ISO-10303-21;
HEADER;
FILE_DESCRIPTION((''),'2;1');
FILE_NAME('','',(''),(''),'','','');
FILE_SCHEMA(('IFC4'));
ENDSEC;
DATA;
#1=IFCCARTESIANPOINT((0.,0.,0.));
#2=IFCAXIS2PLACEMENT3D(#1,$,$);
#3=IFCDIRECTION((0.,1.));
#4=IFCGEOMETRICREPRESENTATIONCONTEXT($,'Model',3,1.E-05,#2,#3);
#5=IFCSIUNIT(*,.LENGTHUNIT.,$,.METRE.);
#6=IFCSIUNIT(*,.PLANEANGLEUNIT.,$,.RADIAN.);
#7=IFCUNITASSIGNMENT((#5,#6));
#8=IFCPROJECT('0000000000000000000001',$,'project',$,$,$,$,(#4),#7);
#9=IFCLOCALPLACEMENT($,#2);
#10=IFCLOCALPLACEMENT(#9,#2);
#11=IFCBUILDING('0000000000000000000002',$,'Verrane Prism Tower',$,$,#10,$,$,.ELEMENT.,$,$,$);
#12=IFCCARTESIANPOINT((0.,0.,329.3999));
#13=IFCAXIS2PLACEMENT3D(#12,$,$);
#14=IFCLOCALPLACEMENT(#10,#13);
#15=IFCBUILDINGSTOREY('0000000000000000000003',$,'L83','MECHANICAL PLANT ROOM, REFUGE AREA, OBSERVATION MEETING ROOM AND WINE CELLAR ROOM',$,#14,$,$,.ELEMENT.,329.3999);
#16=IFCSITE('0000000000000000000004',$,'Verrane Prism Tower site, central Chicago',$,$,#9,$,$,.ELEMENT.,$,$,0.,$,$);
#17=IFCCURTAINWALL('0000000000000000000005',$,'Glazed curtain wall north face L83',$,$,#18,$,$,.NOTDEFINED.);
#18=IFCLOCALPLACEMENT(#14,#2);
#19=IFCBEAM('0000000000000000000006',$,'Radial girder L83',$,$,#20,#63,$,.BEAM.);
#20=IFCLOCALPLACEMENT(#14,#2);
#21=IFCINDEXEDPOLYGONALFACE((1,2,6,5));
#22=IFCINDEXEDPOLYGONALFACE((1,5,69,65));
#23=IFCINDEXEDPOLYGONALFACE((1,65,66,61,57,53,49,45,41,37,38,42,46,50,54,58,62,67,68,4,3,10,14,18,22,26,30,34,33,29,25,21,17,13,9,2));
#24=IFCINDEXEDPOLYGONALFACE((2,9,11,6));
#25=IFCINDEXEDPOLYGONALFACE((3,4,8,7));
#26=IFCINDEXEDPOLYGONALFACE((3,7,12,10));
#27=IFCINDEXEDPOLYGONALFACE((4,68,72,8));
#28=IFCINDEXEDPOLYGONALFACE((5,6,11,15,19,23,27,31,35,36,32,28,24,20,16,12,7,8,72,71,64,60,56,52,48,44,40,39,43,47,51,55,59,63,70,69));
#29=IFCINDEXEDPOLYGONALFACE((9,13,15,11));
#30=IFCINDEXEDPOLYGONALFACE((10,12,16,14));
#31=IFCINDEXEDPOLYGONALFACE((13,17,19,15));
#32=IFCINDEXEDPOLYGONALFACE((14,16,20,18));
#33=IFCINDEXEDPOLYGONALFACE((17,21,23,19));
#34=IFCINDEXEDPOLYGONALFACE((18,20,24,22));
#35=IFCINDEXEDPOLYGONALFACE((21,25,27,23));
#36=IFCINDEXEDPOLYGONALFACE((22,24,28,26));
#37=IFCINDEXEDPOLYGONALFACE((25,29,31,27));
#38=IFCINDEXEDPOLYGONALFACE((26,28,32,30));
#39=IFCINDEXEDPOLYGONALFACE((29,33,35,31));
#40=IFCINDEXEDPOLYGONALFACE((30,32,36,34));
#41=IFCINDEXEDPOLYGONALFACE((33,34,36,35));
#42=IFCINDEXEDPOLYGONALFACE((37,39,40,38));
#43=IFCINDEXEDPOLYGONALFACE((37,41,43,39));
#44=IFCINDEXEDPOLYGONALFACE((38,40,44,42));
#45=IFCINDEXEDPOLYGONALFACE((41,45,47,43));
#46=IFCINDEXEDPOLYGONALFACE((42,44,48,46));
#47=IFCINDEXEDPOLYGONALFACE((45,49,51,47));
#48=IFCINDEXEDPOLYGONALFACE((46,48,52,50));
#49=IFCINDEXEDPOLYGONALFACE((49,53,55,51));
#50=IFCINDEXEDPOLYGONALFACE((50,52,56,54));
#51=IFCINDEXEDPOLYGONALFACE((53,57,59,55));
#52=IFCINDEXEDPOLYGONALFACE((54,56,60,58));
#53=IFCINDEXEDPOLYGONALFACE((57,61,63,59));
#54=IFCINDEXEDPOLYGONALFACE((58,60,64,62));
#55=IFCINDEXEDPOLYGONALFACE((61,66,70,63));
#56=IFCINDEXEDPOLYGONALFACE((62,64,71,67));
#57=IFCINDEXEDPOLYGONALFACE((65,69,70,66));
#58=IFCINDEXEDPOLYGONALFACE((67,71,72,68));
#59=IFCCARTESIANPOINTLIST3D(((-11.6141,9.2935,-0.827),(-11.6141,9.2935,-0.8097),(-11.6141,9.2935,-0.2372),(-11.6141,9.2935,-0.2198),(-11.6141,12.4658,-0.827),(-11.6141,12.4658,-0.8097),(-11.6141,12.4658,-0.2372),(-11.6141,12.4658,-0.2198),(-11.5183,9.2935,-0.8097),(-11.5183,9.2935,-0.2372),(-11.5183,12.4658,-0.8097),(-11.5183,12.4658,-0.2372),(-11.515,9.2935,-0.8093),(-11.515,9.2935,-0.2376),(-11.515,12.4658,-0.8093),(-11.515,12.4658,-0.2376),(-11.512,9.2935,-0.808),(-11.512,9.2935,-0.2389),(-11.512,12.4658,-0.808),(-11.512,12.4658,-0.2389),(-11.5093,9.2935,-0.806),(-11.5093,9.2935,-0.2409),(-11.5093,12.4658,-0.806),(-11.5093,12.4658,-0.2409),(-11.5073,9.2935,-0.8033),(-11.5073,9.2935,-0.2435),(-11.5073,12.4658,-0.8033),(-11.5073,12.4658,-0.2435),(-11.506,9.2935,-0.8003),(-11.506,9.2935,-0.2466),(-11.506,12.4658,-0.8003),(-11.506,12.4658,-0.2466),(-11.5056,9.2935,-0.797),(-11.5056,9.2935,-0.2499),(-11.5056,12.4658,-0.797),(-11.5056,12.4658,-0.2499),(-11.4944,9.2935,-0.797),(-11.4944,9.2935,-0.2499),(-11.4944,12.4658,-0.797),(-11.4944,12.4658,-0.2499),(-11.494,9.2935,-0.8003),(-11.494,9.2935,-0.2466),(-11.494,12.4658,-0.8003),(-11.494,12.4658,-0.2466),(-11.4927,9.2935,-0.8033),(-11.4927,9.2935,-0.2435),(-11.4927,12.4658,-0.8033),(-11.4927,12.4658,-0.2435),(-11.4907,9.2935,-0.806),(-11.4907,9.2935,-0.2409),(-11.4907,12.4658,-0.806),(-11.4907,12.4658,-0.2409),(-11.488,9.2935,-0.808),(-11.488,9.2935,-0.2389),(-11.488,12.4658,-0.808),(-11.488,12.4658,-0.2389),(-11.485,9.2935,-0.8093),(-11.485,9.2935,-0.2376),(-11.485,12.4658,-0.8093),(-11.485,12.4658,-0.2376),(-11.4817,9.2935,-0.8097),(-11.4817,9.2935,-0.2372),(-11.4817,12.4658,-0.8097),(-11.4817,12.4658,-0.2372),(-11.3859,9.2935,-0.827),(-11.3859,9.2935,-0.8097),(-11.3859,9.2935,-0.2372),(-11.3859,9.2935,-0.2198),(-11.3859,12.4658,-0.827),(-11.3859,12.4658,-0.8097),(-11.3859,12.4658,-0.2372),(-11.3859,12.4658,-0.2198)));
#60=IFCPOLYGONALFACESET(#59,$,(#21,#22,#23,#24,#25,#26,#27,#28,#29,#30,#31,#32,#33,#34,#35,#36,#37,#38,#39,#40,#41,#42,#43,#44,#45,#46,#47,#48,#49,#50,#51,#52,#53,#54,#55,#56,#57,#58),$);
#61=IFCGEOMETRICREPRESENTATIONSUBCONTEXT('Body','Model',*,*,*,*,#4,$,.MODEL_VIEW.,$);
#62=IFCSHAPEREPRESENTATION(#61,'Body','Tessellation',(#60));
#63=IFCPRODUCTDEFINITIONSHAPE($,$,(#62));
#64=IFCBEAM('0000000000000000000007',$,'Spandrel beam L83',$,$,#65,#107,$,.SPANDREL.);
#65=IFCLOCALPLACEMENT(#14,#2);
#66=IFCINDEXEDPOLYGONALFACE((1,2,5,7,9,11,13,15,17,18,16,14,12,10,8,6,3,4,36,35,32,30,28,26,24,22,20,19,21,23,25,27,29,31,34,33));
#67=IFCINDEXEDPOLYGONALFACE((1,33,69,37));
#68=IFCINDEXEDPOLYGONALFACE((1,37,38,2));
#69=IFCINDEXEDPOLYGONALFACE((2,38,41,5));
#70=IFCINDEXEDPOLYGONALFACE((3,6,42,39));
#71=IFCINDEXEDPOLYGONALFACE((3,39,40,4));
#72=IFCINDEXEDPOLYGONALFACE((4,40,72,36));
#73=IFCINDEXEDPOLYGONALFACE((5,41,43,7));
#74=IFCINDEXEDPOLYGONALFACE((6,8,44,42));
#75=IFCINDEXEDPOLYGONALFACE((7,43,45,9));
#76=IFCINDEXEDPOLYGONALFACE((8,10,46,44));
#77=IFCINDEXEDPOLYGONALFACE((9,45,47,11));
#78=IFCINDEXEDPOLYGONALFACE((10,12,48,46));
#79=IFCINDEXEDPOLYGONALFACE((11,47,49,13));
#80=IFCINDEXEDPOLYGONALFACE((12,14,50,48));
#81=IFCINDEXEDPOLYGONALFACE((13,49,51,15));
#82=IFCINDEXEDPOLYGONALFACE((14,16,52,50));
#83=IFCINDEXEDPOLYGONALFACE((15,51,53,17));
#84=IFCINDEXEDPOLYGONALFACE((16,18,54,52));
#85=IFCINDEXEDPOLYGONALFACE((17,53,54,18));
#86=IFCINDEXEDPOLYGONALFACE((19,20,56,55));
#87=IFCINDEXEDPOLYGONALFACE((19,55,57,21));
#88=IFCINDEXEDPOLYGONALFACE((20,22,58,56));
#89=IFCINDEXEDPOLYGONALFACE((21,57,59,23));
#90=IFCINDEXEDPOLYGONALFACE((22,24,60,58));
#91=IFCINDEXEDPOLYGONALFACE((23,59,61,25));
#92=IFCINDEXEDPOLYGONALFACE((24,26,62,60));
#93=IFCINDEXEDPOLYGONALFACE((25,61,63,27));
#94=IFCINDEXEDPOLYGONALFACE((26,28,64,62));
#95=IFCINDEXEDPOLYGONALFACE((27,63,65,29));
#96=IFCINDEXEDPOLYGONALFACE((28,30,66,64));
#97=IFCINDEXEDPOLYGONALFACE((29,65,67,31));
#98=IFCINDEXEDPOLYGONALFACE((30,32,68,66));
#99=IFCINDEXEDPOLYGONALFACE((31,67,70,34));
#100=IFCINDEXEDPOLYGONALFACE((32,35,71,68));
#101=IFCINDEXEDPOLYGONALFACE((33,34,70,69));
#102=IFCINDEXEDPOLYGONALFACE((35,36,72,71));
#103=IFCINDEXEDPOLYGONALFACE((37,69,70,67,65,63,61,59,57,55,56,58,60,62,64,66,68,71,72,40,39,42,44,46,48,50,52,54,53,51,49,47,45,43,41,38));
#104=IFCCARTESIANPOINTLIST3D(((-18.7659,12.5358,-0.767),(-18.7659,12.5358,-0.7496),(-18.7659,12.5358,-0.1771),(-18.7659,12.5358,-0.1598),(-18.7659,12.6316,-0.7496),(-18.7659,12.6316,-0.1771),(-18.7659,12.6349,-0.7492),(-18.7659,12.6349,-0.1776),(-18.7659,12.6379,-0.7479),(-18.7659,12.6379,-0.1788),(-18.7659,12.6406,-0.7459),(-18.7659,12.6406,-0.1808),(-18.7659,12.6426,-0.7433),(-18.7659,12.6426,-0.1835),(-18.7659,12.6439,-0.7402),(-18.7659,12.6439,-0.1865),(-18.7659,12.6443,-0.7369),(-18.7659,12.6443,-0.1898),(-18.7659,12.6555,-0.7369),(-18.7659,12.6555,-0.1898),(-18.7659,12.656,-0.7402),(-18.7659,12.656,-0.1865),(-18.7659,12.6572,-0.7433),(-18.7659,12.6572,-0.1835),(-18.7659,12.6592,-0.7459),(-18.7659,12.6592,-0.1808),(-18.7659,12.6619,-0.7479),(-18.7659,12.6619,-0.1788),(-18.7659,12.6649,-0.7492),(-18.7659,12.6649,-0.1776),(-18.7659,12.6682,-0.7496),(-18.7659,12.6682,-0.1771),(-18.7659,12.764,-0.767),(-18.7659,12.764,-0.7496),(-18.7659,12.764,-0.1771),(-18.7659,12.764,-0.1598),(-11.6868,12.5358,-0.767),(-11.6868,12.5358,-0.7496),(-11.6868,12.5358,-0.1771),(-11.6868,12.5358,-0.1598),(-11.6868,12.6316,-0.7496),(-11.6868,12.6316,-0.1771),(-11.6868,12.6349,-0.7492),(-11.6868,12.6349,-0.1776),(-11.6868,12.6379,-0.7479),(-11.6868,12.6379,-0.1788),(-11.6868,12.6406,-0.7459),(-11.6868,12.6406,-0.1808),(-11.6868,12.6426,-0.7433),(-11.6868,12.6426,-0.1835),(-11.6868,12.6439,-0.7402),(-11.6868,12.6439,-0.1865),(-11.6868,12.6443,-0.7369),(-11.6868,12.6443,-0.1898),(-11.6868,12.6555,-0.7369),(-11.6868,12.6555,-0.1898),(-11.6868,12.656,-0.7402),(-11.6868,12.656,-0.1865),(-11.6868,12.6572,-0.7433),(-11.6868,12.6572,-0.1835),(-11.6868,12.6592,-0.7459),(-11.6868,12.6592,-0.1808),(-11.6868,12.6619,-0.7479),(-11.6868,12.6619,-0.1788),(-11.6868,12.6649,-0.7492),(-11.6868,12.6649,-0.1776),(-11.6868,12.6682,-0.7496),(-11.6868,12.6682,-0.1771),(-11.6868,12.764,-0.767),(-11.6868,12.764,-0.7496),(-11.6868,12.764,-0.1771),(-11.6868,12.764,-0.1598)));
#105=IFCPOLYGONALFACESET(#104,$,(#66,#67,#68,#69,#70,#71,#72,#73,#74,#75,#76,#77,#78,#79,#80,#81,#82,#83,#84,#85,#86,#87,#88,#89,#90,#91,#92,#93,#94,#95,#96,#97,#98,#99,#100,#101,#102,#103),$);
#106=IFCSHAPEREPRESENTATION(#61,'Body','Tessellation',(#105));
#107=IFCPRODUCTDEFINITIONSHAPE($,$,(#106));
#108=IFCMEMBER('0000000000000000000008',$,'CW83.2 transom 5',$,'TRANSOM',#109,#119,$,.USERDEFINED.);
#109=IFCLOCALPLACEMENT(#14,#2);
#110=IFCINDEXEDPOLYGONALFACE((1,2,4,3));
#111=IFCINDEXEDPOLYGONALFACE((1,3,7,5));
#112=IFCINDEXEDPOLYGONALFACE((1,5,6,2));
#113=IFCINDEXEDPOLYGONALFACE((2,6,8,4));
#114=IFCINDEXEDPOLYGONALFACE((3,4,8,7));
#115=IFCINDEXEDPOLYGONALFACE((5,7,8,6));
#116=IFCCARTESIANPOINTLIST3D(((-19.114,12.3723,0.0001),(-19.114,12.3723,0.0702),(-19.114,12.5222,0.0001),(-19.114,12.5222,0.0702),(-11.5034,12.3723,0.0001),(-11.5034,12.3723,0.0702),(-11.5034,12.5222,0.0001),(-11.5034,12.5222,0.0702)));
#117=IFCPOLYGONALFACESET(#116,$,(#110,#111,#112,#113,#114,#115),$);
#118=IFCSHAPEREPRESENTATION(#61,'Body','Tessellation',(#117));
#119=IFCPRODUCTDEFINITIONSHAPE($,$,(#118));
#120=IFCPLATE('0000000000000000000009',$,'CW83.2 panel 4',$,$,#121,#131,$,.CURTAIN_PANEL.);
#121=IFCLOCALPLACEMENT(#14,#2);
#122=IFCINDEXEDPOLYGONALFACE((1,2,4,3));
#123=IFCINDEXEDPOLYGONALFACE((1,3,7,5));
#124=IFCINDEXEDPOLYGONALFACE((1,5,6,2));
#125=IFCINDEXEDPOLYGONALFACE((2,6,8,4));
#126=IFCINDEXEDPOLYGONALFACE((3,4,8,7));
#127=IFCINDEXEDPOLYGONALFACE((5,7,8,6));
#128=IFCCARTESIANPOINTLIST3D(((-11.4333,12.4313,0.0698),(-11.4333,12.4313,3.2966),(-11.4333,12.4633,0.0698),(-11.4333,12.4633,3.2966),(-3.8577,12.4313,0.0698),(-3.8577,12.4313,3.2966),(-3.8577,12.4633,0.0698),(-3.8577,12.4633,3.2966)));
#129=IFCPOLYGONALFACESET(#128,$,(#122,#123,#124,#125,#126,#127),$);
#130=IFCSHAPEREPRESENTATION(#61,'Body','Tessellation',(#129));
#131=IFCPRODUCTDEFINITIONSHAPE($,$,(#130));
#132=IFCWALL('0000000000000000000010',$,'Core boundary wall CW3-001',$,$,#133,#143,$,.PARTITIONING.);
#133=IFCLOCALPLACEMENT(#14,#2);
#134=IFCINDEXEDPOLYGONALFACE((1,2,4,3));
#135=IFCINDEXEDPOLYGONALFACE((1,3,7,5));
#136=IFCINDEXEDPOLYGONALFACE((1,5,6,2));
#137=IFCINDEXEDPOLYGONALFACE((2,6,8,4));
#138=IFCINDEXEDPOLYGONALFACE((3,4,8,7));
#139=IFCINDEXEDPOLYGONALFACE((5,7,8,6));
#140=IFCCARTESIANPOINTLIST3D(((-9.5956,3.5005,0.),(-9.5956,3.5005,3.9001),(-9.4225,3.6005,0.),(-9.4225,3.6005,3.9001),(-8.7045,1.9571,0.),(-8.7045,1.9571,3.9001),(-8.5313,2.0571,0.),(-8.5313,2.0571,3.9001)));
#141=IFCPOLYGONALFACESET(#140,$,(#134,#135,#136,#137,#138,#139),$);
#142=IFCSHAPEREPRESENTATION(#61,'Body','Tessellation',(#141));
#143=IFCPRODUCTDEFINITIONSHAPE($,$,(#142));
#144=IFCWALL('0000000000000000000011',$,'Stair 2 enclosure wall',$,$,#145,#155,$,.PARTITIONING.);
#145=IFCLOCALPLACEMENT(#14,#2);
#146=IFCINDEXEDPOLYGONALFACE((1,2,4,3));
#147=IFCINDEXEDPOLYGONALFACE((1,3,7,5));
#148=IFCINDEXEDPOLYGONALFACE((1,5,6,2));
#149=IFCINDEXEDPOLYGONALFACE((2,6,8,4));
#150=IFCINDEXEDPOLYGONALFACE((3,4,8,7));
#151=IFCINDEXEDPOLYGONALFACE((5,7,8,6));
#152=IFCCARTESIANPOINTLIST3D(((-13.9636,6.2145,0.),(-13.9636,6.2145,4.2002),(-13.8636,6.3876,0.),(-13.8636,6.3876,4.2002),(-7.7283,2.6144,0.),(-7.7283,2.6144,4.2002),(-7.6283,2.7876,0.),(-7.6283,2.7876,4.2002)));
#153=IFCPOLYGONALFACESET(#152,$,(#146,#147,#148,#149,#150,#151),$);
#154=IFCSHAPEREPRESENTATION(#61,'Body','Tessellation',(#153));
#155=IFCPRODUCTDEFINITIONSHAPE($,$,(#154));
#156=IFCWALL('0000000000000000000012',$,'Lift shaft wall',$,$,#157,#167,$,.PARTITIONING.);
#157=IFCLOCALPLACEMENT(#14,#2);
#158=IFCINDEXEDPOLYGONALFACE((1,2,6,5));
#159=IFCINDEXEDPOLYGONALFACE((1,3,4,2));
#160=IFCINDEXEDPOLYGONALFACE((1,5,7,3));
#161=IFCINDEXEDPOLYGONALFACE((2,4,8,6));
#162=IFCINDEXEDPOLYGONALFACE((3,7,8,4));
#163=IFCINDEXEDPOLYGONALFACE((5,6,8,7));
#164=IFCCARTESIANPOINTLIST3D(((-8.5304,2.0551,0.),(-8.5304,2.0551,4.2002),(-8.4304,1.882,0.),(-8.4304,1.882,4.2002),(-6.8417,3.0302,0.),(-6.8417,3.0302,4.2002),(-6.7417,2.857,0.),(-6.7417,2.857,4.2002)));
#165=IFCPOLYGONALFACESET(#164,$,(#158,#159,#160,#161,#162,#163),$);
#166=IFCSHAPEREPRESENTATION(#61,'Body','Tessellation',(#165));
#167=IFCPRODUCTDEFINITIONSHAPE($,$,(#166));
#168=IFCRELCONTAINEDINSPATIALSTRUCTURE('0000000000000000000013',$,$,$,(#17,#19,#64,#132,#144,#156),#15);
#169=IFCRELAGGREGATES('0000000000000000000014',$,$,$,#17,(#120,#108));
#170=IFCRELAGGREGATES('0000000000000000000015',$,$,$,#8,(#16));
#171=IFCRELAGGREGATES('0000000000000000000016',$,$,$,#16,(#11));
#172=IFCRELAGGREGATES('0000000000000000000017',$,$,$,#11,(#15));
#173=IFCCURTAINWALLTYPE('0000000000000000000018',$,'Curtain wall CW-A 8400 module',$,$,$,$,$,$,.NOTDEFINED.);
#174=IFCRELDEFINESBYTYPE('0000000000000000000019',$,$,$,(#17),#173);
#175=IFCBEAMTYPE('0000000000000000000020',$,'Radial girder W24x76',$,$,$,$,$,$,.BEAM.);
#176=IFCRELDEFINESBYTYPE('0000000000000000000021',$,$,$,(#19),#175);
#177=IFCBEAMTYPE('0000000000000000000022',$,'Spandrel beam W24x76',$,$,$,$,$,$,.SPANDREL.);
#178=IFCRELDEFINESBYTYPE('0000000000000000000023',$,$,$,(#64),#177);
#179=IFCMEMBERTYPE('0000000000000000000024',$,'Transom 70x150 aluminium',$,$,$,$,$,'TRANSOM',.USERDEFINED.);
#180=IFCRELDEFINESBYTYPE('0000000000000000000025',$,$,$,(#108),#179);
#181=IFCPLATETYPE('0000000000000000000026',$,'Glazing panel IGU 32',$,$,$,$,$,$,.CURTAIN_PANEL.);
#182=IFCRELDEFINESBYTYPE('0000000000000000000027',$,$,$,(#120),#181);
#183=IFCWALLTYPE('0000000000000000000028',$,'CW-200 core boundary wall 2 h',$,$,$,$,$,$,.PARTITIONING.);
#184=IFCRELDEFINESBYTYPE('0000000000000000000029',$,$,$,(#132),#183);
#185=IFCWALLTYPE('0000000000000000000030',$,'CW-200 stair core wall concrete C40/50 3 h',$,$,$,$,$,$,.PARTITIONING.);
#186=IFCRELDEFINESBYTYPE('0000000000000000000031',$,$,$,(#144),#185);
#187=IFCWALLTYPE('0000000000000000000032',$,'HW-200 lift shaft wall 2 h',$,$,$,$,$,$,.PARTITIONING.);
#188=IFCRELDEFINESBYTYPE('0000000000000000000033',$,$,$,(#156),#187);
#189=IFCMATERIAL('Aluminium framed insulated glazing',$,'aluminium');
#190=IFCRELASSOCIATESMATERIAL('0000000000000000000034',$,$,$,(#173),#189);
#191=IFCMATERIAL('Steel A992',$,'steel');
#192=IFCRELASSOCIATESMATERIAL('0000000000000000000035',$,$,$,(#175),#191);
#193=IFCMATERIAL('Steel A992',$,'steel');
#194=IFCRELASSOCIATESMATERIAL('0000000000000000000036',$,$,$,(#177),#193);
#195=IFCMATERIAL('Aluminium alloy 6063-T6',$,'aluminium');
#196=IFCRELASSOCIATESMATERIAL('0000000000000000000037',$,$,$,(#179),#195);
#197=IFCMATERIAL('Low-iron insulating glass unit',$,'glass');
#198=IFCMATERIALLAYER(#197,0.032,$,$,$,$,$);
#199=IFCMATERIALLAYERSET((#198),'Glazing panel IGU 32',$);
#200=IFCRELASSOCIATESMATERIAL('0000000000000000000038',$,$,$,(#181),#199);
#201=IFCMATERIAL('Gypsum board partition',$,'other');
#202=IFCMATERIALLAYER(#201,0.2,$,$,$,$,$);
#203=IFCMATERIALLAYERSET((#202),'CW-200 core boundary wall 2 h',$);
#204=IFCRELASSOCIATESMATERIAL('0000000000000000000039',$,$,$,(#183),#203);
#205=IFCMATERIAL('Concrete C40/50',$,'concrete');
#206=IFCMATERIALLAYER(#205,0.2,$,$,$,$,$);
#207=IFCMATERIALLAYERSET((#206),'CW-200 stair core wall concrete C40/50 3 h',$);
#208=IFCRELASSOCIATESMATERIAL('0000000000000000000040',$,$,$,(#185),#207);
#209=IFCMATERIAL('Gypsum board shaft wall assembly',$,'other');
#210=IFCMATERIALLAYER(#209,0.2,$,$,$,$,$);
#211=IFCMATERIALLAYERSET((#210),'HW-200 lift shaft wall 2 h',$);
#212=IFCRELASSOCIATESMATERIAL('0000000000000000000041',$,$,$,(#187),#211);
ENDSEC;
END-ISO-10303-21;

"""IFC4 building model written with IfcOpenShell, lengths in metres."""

from ifc_helpers import new_model, si_unit, direction, frame, frame_2d, origin, origin_2d, place, context, subcontext, project, spatial, rectangle, i_section, extrude, material, layer, layer_set, material_profile, profile_set, type_object, element, aggregate, save


model = new_model("IFC4")

# Units and contexts
model_context = context("Model", 3, precision=1e-05, world=origin(), true_north=direction((0.0, 1.0)))
body_context = subcontext(model_context, "Body", "Model", "MODEL_VIEW")
ifc_project = project(units=[si_unit("LENGTHUNIT", "METRE"), si_unit("PLANEANGLEUNIT", "RADIAN")], contexts=[model_context])

# Site, building, storey
site_placement = place(None, origin())
site = spatial("IfcSite", under=ifc_project, at=site_placement, Name="Verrane Prism Tower site, central Chicago", CompositionType="ELEMENT", RefElevation=0.0)
building_placement = place(site_placement, origin())
building = spatial("IfcBuilding", under=site, at=building_placement, Name="Verrane Prism Tower", CompositionType="ELEMENT")
storey_placement = place(building_placement, frame((0.0, 0.0, 329.3999)))
storey = spatial("IfcBuildingStorey", under=building, at=storey_placement, Name="L83", Description="MECHANICAL PLANT ROOM, REFUGE AREA, OBSERVATION MEETING ROOM AND WINE CELLAR ROOM", CompositionType="ELEMENT", Elevation=329.3999)

# Curtain wall
ifc_material_1 = material(Name="Aluminium framed insulated glazing", Category="aluminium")
curtain_wall_type = type_object("IfcCurtainWallType", Name="Curtain wall CW-A 8400 module", PredefinedType="NOTDEFINED", material=ifc_material_1)
curtain_wall_placement = place(storey_placement, origin())
curtain_wall = element("IfcCurtainWall", 1, at=curtain_wall_placement, inside=storey, type_object=curtain_wall_type, Name="Glazed curtain wall north face L83", PredefinedType="NOTDEFINED")

# Beams
ifc_material_2 = material(Name="Steel A992", Category="steel")
ifc_material_profile_1 = material_profile(ifc_material_2, i_section(OverallWidth=0.2283, OverallDepth=0.6072, WebThickness=0.0112, FlangeThickness=0.0173, FilletRadius=0.0127, at=origin_2d()), Name="W24x76")
ifc_profile_set_1 = profile_set([ifc_material_profile_1], Name="Steel A992")
beam_type_1 = type_object("IfcBeamType", Name="Radial girder W24x76", PredefinedType="BEAM", material=ifc_profile_set_1)
beam_1_placement = place(storey_placement, frame((-11.5, 12.4658, -0.5234), z_axis=(0.0, -1.0, 0.0), x_axis=(1.0, 0.0, 0.0)))
element("IfcBeam", 2, at=beam_1_placement, inside=storey, type_object=beam_type_1, Name="Radial girder L83", PredefinedType="BEAM", context=body_context, shape_type="SweptSolid", body=[
    extrude(i_section(OverallWidth=0.2283, OverallDepth=0.6072, WebThickness=0.0112, FlangeThickness=0.0173, FilletRadius=0.0127, at=origin_2d()), origin(), (0.0, 0.0, 1.0), 3.1724),
])
ifc_material_3 = material(Name="Steel A992", Category="steel")
ifc_material_profile_2 = material_profile(ifc_material_3, i_section(OverallWidth=0.2283, OverallDepth=0.6072, WebThickness=0.0112, FlangeThickness=0.0173, FilletRadius=0.0127, at=origin_2d()), Name="W24x76")
ifc_profile_set_2 = profile_set([ifc_material_profile_2], Name="Steel A992")
beam_type_2 = type_object("IfcBeamType", Name="Spandrel beam W24x76", PredefinedType="SPANDREL", material=ifc_profile_set_2)
beam_2_placement = place(storey_placement, frame((-11.6868, 12.6499, -0.4634), z_axis=(-1.0, 0.0, 0.0), x_axis=(0.0, -1.0, 0.0)))
element("IfcBeam", 3, at=beam_2_placement, inside=storey, type_object=beam_type_2, Name="Spandrel beam L83", PredefinedType="SPANDREL", context=body_context, shape_type="SweptSolid", body=[
    extrude(i_section(OverallWidth=0.2283, OverallDepth=0.6072, WebThickness=0.0112, FlangeThickness=0.0173, FilletRadius=0.0127, at=origin_2d()), origin(), (0.0, 0.0, 1.0), 7.0791),
])

# Member
ifc_material_4 = material(Name="Aluminium alloy 6063-T6", Category="aluminium")
ifc_material_profile_3 = material_profile(ifc_material_4, rectangle(XDim=0.1499, YDim=0.0701, at=origin_2d()), Name="Transom 70x150 aluminium")
ifc_profile_set_3 = profile_set([ifc_material_profile_3], Name="Aluminium alloy 6063-T6")
member_type_1 = type_object("IfcMemberType", Name="Transom 70x150 aluminium", ElementType="TRANSOM", PredefinedType="USERDEFINED", material=ifc_profile_set_3)
member_1_placement = place(storey_placement, frame((-11.5034, 12.4473, 0.0352), z_axis=(-1.0, 0.0, 0.0), x_axis=(0.0, -1.0, 0.0)))
member_1 = element("IfcMember", 4, at=member_1_placement, type_object=member_type_1, Name="CW83.2 transom 5", ObjectType="TRANSOM", PredefinedType="USERDEFINED", context=body_context, shape_type="SweptSolid", body=[
    extrude(rectangle(XDim=0.1499, YDim=0.0701, at=origin_2d()), origin(), (0.0, 0.0, 1.0), 7.6106),
])

# Plate
ifc_material_5 = material(Name="Low-iron insulating glass unit", Category="glass")
ifc_layer_1 = layer(ifc_material_5, 0.032)
ifc_layer_set_1 = layer_set([ifc_layer_1], Name="Glazing panel IGU 32")
plate_type = type_object("IfcPlateType", Name="Glazing panel IGU 32", PredefinedType="CURTAIN_PANEL", material=ifc_layer_set_1)
plate_placement = place(storey_placement, frame((-7.6455, 12.4473, 0.0698), z_axis=(0.0, 0.0, 1.0), x_axis=(-1.0, 0.0, 0.0)))
plate = element("IfcPlate", 5, at=plate_placement, type_object=plate_type, Name="CW83.2 panel 4", PredefinedType="CURTAIN_PANEL", context=body_context, shape_type="SweptSolid", body=[
    extrude(rectangle(XDim=7.5757, YDim=0.032, at=origin_2d()), origin(), (0.0, 0.0, 1.0), 3.2268),
])
aggregate(curtain_wall, [plate, member_1])

# Walls
ifc_material_6 = material(Name="Gypsum board partition", Category="other")
ifc_layer_2 = layer(ifc_material_6, 0.2)
ifc_layer_set_2 = layer_set([ifc_layer_2], Name="CW-200 core boundary wall 2 h")
wall_type_1 = type_object("IfcWallType", Name="CW-200 core boundary wall 2 h", PredefinedType="PARTITIONING", material=ifc_layer_set_2)
wall_1_placement = place(storey_placement, frame((-9.509, 3.5505, 0.0), z_axis=(0.0, 0.0, 1.0), x_axis=(0.499999, -0.866026, 0.0)))
element("IfcWall", 6, at=wall_1_placement, inside=storey, type_object=wall_type_1, Name="Core boundary wall CW3-001", PredefinedType="PARTITIONING", context=body_context, shape_type="SweptSolid", body=[
    extrude(rectangle(XDim=1.7822, YDim=0.2, at=frame_2d((0.8911, 0.0))), origin(), (0.0, 0.0, 1.0), 3.9001),
])
ifc_material_7 = material(Name="Concrete C40/50", Category="concrete")
ifc_layer_3 = layer(ifc_material_7, 0.2)
ifc_layer_set_3 = layer_set([ifc_layer_3], Name="CW-200 stair core wall concrete C40/50 3 h")
wall_type_2 = type_object("IfcWallType", Name="CW-200 stair core wall concrete C40/50 3 h", PredefinedType="PARTITIONING", material=ifc_layer_set_3)
wall_2_placement = place(storey_placement, frame((-7.6782, 2.7009, 0.0), z_axis=(0.0, 0.0, 1.0), x_axis=(-0.866018, 0.500012, 0.0)))
element("IfcWall", 7, at=wall_2_placement, inside=storey, type_object=wall_type_2, Name="Stair 2 enclosure wall", PredefinedType="PARTITIONING", context=body_context, shape_type="SweptSolid", body=[
    extrude(rectangle(XDim=7.2, YDim=0.2, at=frame_2d((3.6001, 0.0))), origin(), (0.0, 0.0, 1.0), 4.2002),
])
ifc_material_8 = material(Name="Gypsum board shaft wall assembly", Category="other")
ifc_layer_4 = layer(ifc_material_8, 0.2)
ifc_layer_set_4 = layer_set([ifc_layer_4], Name="HW-200 lift shaft wall 2 h")
wall_type_3 = type_object("IfcWallType", Name="HW-200 lift shaft wall 2 h", PredefinedType="PARTITIONING", material=ifc_layer_set_4)
wall_3_placement = place(storey_placement, frame((-8.4805, 1.9685, 0.0), z_axis=(0.0, 0.0, 1.0), x_axis=(0.866, 0.500044, 0.0)))
element("IfcWall", 8, at=wall_3_placement, inside=storey, type_object=wall_type_3, Name="Lift shaft wall", PredefinedType="PARTITIONING", context=body_context, shape_type="SweptSolid", body=[
    extrude(rectangle(XDim=1.95, YDim=0.2, at=frame_2d((0.9751, 0.0))), origin(), (0.0, 0.0, 1.0), 4.2002),
])

save(model, "model.ifc")
